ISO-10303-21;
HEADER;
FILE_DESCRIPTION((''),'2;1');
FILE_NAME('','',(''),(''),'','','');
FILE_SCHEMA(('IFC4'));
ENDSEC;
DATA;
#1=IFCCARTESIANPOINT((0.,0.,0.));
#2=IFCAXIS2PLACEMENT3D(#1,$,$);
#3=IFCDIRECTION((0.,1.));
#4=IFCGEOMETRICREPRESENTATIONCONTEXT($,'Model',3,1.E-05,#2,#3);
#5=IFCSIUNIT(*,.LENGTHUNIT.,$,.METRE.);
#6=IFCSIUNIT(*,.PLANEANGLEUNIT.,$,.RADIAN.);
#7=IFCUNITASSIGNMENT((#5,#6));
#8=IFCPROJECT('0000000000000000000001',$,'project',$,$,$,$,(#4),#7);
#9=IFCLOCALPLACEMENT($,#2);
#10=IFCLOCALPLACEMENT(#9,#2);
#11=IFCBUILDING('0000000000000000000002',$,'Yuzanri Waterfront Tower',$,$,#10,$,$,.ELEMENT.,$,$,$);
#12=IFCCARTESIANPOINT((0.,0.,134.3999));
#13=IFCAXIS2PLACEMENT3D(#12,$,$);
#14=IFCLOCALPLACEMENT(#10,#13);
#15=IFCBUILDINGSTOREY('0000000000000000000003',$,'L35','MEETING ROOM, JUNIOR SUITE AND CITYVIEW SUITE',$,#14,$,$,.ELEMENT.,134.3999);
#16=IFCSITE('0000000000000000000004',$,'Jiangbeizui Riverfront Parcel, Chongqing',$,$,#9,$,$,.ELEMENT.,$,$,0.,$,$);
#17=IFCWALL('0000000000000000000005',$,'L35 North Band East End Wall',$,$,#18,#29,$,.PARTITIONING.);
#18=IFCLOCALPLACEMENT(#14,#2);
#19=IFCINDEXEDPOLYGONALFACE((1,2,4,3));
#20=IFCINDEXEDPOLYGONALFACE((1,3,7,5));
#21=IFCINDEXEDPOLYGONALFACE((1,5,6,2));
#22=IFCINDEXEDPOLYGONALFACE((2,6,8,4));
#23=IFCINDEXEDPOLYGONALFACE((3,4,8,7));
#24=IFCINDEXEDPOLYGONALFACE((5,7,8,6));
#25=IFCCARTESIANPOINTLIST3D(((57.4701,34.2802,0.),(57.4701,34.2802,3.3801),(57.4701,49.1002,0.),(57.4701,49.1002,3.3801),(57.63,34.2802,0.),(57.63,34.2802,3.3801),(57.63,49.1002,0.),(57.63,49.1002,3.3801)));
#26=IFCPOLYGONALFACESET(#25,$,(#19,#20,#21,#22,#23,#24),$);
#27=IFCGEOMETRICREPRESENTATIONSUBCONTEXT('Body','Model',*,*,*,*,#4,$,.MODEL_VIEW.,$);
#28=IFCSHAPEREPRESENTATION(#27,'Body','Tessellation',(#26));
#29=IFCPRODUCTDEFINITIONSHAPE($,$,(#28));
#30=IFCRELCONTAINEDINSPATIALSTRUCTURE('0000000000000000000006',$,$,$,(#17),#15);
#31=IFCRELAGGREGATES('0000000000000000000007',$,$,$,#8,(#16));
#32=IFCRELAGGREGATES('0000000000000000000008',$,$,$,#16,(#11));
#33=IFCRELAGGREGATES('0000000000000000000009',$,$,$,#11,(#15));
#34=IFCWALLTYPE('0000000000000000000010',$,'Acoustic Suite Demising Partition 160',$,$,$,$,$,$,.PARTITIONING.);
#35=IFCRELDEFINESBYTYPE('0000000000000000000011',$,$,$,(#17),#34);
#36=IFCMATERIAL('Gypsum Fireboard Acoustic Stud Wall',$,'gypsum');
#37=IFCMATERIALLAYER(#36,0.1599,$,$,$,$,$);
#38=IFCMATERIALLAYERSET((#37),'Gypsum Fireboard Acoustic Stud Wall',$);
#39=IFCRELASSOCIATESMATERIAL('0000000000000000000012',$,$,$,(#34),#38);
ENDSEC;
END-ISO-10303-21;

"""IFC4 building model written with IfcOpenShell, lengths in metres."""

from ifc_helpers import new_model, si_unit, direction, frame, frame_2d, origin, place, context, subcontext, project, spatial, rectangle, extrude, source, transform, mapped, material, layer, layer_set, type_object, element, save


model = new_model("IFC4")

# Units and contexts
model_context = context("Model", 3, precision=1e-05, world=origin(), true_north=direction((0.0, 1.0)))
body_context = subcontext(model_context, "Body", "Model", "MODEL_VIEW")
ifc_project = project(units=[si_unit("LENGTHUNIT", "METRE"), si_unit("PLANEANGLEUNIT", "RADIAN")], contexts=[model_context])

# Site, building, storey
site_placement = place(None, origin())
site = spatial("IfcSite", under=ifc_project, at=site_placement, Name="Jiangbeizui Riverfront Parcel, Chongqing", CompositionType="ELEMENT", RefElevation=0.0)
building_placement = place(site_placement, origin())
building = spatial("IfcBuilding", under=site, at=building_placement, Name="Yuzanri Waterfront Tower", CompositionType="ELEMENT")
storey_placement = place(building_placement, frame((0.0, 0.0, 134.3999)))
storey = spatial("IfcBuildingStorey", under=building, at=storey_placement, Name="L35", Description="MEETING ROOM, JUNIOR SUITE AND CITYVIEW SUITE", CompositionType="ELEMENT", Elevation=134.3999)

# Wall
ifc_material_1 = material(Name="Gypsum Fireboard Acoustic Stud Wall", Category="gypsum")
ifc_layer_1 = layer(ifc_material_1, 0.1599)
ifc_layer_set_1 = layer_set([ifc_layer_1], Name="Gypsum Fireboard Acoustic Stud Wall")
wall_type_1 = type_object("IfcWallType", Name="Acoustic Suite Demising Partition 160", PredefinedType="PARTITIONING", material=ifc_layer_set_1)
shared_shape_1 = source(origin(), body_context, "Body", "SweptSolid", [
    extrude(rectangle(XDim=14.8201, YDim=0.1599, at=frame_2d((7.4102, 0.0))), origin(), (0.0, 0.0, 1.0), 3.3801),
])
wall_1_placement = place(storey_placement, frame((57.55, 34.28, 0.0), z_axis=(0.0, 0.0, 1.0), x_axis=(0.0, 1.0, 0.0)))
element("IfcWall", 1, at=wall_1_placement, inside=storey, type_object=wall_type_1, Name="L35 North Band East End Wall", PredefinedType="PARTITIONING", context=body_context, shape_type="MappedRepresentation", body=[
    mapped(shared_shape_1, transform((0.0, 0.0, 0.0), scale=1.0)),
])

save(model, "model.ifc")
